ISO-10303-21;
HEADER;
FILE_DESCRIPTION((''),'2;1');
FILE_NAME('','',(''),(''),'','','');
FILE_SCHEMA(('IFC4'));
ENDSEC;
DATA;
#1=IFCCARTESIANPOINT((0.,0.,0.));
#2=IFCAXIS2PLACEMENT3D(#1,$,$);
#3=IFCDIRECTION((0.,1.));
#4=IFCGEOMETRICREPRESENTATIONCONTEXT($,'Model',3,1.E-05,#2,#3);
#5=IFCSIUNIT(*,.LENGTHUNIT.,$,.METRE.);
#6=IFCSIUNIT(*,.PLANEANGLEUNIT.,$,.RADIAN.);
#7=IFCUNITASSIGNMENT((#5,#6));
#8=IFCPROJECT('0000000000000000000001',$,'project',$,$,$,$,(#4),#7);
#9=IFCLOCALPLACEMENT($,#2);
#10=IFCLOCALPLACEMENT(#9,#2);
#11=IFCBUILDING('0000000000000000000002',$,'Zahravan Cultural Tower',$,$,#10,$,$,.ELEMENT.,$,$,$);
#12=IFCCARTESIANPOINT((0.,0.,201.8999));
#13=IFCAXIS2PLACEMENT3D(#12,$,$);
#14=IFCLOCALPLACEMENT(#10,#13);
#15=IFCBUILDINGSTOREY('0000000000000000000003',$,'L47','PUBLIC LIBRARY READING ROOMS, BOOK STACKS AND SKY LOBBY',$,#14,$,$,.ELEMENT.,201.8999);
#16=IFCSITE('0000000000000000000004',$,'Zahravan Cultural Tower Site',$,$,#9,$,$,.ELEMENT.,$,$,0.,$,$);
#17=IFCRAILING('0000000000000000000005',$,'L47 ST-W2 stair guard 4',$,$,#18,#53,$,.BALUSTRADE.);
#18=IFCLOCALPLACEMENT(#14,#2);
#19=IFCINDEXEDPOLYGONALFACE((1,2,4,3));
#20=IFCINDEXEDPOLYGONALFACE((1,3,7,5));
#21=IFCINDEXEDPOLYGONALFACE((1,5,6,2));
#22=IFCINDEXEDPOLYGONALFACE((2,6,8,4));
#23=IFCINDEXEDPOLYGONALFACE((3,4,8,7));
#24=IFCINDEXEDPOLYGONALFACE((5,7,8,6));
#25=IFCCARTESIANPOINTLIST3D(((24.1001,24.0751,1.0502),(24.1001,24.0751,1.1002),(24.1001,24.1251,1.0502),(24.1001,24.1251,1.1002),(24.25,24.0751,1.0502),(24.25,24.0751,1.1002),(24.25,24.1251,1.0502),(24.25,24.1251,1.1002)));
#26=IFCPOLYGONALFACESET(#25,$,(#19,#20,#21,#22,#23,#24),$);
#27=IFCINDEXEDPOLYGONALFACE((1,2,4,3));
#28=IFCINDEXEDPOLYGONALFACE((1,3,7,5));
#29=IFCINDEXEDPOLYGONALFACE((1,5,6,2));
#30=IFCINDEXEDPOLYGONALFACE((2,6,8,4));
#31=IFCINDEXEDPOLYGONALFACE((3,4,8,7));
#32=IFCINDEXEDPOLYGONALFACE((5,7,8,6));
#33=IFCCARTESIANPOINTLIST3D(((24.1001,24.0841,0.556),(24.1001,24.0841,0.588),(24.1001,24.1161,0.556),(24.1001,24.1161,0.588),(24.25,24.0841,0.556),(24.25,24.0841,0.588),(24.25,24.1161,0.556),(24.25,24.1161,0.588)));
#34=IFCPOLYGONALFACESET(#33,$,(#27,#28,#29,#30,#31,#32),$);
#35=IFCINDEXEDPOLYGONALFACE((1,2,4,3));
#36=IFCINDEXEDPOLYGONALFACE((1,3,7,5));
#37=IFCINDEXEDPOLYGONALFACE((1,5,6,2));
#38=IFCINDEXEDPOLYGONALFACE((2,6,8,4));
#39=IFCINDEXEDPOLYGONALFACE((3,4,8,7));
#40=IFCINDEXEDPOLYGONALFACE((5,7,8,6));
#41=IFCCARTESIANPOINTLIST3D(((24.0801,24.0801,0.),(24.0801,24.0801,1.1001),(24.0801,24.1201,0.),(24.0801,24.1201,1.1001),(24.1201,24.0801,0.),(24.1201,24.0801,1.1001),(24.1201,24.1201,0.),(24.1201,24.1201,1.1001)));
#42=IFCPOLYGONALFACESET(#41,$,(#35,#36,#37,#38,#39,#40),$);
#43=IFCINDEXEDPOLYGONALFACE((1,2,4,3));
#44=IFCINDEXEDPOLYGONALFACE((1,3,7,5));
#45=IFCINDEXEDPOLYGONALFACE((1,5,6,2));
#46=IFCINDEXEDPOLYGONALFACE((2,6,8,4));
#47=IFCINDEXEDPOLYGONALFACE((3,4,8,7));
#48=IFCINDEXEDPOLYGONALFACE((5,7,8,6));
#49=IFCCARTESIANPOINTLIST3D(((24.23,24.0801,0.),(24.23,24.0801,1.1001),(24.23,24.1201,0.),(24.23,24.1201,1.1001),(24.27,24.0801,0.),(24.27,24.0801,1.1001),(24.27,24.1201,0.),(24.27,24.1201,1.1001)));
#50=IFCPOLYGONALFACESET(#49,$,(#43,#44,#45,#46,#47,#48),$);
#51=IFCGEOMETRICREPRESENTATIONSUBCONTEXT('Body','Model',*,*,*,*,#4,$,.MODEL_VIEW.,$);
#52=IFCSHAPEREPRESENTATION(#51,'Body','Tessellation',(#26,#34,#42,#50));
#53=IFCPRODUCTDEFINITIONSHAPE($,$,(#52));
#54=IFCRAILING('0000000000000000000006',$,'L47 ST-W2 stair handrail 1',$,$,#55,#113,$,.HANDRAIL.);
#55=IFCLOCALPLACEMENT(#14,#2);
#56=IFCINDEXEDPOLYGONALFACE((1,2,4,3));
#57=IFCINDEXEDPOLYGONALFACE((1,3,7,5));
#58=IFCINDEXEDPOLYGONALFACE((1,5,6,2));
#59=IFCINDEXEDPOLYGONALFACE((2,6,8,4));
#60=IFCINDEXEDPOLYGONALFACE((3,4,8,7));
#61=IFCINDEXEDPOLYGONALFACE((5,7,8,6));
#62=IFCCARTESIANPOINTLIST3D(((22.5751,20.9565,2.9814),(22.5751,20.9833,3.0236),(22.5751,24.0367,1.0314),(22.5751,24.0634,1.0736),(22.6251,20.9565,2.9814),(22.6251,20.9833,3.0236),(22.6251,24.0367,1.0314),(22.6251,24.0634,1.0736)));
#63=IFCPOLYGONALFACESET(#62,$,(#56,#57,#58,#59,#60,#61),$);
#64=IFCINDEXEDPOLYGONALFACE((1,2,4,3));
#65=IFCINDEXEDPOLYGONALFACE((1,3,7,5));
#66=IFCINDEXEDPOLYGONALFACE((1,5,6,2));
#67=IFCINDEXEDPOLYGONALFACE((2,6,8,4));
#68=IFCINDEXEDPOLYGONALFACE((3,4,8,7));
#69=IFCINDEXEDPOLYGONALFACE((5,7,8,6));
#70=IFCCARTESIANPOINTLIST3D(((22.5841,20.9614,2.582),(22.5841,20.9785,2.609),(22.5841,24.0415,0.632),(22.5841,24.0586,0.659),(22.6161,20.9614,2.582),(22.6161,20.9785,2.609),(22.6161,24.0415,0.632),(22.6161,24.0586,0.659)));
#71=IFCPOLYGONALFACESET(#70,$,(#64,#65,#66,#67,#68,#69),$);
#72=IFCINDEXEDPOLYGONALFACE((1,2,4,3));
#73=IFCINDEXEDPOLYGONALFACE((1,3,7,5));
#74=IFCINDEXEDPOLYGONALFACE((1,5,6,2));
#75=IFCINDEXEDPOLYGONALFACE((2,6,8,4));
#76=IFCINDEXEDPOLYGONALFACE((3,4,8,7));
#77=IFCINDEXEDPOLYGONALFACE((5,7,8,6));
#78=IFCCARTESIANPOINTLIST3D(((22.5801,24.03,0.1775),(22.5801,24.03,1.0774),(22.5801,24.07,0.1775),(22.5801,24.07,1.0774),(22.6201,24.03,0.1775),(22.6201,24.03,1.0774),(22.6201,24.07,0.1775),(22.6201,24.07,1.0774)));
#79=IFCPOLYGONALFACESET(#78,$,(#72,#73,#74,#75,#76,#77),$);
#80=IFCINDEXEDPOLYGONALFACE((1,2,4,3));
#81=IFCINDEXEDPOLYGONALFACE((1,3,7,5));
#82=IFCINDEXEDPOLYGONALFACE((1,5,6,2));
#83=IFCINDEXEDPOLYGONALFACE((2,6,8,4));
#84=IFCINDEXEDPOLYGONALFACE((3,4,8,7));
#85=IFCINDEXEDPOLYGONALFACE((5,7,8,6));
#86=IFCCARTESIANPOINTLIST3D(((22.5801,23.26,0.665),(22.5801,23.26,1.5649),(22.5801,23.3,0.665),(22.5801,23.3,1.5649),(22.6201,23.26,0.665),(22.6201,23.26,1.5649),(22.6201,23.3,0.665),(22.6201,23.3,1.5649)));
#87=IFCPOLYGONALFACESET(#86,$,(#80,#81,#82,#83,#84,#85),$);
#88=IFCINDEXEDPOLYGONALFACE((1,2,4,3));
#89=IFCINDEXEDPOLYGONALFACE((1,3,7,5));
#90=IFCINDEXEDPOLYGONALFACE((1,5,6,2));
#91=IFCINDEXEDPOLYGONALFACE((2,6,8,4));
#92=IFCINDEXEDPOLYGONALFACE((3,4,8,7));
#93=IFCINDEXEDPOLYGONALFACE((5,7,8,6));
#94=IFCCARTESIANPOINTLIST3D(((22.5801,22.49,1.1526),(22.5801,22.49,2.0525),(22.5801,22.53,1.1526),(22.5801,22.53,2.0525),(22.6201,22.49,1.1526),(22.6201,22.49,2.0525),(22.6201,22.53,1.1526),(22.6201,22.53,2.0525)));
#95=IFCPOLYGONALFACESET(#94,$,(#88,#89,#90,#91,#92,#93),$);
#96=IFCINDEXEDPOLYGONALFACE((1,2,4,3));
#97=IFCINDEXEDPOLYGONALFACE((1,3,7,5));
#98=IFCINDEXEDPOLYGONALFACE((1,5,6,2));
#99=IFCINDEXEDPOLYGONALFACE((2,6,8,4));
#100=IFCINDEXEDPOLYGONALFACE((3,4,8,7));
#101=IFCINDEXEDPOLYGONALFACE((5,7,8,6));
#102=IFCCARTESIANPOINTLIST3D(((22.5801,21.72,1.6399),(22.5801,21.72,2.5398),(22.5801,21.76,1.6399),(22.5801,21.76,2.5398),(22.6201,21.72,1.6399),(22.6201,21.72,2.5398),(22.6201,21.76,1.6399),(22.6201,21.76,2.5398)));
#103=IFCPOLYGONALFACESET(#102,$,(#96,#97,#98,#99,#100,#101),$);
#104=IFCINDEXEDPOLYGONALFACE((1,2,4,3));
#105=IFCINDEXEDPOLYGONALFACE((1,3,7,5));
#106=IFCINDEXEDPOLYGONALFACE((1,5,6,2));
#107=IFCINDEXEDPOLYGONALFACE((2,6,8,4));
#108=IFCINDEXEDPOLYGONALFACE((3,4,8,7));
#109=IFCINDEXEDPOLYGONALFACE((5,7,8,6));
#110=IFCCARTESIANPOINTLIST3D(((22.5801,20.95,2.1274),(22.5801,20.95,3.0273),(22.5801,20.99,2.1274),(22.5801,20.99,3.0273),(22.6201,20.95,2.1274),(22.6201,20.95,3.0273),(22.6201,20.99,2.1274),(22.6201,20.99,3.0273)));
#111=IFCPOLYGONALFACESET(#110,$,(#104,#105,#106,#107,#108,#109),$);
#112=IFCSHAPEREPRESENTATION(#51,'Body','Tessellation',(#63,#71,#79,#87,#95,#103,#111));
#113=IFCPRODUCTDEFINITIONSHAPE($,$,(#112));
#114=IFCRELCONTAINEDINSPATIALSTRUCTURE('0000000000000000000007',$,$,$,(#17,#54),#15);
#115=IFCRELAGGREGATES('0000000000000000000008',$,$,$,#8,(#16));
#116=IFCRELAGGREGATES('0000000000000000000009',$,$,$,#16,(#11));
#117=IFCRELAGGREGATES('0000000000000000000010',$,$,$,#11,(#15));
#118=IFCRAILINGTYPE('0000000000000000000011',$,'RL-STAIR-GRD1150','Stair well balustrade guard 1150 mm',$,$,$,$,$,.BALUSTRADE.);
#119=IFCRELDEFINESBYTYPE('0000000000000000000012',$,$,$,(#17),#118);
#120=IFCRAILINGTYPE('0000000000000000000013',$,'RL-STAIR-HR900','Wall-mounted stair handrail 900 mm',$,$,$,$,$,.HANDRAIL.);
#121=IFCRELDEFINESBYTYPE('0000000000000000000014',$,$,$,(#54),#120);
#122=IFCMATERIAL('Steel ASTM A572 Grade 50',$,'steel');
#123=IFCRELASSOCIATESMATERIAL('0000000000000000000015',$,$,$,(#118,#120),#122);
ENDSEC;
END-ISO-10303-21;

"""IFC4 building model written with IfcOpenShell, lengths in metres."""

from ifc_helpers import new_model, si_unit, direction, frame, origin, origin_2d, place, context, subcontext, project, spatial, rectangle, extrude, material, type_object, element, save


model = new_model("IFC4")

# Units and contexts
model_context = context("Model", 3, precision=1e-05, world=origin(), true_north=direction((0.0, 1.0)))
body_context = subcontext(model_context, "Body", "Model", "MODEL_VIEW")
ifc_project = project(units=[si_unit("LENGTHUNIT", "METRE"), si_unit("PLANEANGLEUNIT", "RADIAN")], contexts=[model_context])

# Site, building, storey
site_placement = place(None, origin())
site = spatial("IfcSite", under=ifc_project, at=site_placement, Name="Zahravan Cultural Tower Site", CompositionType="ELEMENT", RefElevation=0.0)
building_placement = place(site_placement, origin())
building = spatial("IfcBuilding", under=site, at=building_placement, Name="Zahravan Cultural Tower", CompositionType="ELEMENT")
storey_placement = place(building_placement, frame((0.0, 0.0, 201.8999)))
storey = spatial("IfcBuildingStorey", under=building, at=storey_placement, Name="L47", Description="PUBLIC LIBRARY READING ROOMS, BOOK STACKS AND SKY LOBBY", CompositionType="ELEMENT", Elevation=201.8999)

# Railings
ifc_material_1 = material(Name="Steel ASTM A572 Grade 50", Category="steel")
railing_type_1 = type_object("IfcRailingType", Name="RL-STAIR-GRD1150", Description="Stair well balustrade guard 1150 mm", PredefinedType="BALUSTRADE", material=ifc_material_1)
railing_1_placement = place(storey_placement, frame((24.1001, 24.1001, 0.0)))
element("IfcRailing", 1, at=railing_1_placement, inside=storey, type_object=railing_type_1, Name="L47 ST-W2 stair guard 4", PredefinedType="BALUSTRADE", context=body_context, shape_type="SweptSolid", body=[
    extrude(rectangle(XDim=0.05, YDim=0.05, at=origin_2d()), frame((0.0, 0.0, 1.0752), z_axis=(1.0, 0.0, 0.0), x_axis=(0.0, 1.0, 0.0)), (0.0, 0.0, 1.0), 0.1499),
    extrude(rectangle(XDim=0.032, YDim=0.032, at=origin_2d()), frame((0.0, 0.0, 0.572), z_axis=(1.0, 0.0, 0.0), x_axis=(0.0, 1.0, 0.0)), (0.0, 0.0, 1.0), 0.1499),
    extrude(rectangle(XDim=0.04, YDim=0.04, at=origin_2d()), origin(), (0.0, 0.0, 1.0), 1.1001),
    extrude(rectangle(XDim=0.04, YDim=0.04, at=origin_2d()), frame((0.1499, 0.0, 0.0)), (0.0, 0.0, 1.0), 1.1001),
])
railing_type_2 = type_object("IfcRailingType", Name="RL-STAIR-HR900", Description="Wall-mounted stair handrail 900 mm", PredefinedType="HANDRAIL", material=ifc_material_1)
railing_2_placement = place(storey_placement, frame((22.6001, 24.05, 0.1775)))
element("IfcRailing", 2, at=railing_2_placement, inside=storey, type_object=railing_type_2, Name="L47 ST-W2 stair handrail 1", PredefinedType="HANDRAIL", context=body_context, shape_type="SweptSolid", body=[
    extrude(rectangle(XDim=0.05, YDim=0.05, at=origin_2d()), frame((0.0, 0.0, 0.875), z_axis=(0.0, -0.844914, 0.534902), x_axis=(1.0, 0.0, 0.0)), (0.0, 0.0, 1.0), 3.6455),
    extrude(rectangle(XDim=0.032, YDim=0.032, at=origin_2d()), frame((0.0, 0.0, 0.468), z_axis=(0.0, -0.844914, 0.534902), x_axis=(1.0, 0.0, 0.0)), (0.0, 0.0, 1.0), 3.6455),
    extrude(rectangle(XDim=0.04, YDim=0.04, at=origin_2d()), origin(), (0.0, 0.0, 1.0), 0.8999),
    extrude(rectangle(XDim=0.04, YDim=0.04, at=origin_2d()), frame((0.0, -0.77, 0.4875)), (0.0, 0.0, 1.0), 0.8999),
    extrude(rectangle(XDim=0.04, YDim=0.04, at=origin_2d()), frame((0.0, -1.54, 0.9751)), (0.0, 0.0, 1.0), 0.8999),
    extrude(rectangle(XDim=0.04, YDim=0.04, at=origin_2d()), frame((0.0, -2.3101, 1.4624)), (0.0, 0.0, 1.0), 0.8999),
    extrude(rectangle(XDim=0.04, YDim=0.04, at=origin_2d()), frame((0.0, -3.0801, 1.95)), (0.0, 0.0, 1.0), 0.8999),
])

save(model, "model.ifc")
